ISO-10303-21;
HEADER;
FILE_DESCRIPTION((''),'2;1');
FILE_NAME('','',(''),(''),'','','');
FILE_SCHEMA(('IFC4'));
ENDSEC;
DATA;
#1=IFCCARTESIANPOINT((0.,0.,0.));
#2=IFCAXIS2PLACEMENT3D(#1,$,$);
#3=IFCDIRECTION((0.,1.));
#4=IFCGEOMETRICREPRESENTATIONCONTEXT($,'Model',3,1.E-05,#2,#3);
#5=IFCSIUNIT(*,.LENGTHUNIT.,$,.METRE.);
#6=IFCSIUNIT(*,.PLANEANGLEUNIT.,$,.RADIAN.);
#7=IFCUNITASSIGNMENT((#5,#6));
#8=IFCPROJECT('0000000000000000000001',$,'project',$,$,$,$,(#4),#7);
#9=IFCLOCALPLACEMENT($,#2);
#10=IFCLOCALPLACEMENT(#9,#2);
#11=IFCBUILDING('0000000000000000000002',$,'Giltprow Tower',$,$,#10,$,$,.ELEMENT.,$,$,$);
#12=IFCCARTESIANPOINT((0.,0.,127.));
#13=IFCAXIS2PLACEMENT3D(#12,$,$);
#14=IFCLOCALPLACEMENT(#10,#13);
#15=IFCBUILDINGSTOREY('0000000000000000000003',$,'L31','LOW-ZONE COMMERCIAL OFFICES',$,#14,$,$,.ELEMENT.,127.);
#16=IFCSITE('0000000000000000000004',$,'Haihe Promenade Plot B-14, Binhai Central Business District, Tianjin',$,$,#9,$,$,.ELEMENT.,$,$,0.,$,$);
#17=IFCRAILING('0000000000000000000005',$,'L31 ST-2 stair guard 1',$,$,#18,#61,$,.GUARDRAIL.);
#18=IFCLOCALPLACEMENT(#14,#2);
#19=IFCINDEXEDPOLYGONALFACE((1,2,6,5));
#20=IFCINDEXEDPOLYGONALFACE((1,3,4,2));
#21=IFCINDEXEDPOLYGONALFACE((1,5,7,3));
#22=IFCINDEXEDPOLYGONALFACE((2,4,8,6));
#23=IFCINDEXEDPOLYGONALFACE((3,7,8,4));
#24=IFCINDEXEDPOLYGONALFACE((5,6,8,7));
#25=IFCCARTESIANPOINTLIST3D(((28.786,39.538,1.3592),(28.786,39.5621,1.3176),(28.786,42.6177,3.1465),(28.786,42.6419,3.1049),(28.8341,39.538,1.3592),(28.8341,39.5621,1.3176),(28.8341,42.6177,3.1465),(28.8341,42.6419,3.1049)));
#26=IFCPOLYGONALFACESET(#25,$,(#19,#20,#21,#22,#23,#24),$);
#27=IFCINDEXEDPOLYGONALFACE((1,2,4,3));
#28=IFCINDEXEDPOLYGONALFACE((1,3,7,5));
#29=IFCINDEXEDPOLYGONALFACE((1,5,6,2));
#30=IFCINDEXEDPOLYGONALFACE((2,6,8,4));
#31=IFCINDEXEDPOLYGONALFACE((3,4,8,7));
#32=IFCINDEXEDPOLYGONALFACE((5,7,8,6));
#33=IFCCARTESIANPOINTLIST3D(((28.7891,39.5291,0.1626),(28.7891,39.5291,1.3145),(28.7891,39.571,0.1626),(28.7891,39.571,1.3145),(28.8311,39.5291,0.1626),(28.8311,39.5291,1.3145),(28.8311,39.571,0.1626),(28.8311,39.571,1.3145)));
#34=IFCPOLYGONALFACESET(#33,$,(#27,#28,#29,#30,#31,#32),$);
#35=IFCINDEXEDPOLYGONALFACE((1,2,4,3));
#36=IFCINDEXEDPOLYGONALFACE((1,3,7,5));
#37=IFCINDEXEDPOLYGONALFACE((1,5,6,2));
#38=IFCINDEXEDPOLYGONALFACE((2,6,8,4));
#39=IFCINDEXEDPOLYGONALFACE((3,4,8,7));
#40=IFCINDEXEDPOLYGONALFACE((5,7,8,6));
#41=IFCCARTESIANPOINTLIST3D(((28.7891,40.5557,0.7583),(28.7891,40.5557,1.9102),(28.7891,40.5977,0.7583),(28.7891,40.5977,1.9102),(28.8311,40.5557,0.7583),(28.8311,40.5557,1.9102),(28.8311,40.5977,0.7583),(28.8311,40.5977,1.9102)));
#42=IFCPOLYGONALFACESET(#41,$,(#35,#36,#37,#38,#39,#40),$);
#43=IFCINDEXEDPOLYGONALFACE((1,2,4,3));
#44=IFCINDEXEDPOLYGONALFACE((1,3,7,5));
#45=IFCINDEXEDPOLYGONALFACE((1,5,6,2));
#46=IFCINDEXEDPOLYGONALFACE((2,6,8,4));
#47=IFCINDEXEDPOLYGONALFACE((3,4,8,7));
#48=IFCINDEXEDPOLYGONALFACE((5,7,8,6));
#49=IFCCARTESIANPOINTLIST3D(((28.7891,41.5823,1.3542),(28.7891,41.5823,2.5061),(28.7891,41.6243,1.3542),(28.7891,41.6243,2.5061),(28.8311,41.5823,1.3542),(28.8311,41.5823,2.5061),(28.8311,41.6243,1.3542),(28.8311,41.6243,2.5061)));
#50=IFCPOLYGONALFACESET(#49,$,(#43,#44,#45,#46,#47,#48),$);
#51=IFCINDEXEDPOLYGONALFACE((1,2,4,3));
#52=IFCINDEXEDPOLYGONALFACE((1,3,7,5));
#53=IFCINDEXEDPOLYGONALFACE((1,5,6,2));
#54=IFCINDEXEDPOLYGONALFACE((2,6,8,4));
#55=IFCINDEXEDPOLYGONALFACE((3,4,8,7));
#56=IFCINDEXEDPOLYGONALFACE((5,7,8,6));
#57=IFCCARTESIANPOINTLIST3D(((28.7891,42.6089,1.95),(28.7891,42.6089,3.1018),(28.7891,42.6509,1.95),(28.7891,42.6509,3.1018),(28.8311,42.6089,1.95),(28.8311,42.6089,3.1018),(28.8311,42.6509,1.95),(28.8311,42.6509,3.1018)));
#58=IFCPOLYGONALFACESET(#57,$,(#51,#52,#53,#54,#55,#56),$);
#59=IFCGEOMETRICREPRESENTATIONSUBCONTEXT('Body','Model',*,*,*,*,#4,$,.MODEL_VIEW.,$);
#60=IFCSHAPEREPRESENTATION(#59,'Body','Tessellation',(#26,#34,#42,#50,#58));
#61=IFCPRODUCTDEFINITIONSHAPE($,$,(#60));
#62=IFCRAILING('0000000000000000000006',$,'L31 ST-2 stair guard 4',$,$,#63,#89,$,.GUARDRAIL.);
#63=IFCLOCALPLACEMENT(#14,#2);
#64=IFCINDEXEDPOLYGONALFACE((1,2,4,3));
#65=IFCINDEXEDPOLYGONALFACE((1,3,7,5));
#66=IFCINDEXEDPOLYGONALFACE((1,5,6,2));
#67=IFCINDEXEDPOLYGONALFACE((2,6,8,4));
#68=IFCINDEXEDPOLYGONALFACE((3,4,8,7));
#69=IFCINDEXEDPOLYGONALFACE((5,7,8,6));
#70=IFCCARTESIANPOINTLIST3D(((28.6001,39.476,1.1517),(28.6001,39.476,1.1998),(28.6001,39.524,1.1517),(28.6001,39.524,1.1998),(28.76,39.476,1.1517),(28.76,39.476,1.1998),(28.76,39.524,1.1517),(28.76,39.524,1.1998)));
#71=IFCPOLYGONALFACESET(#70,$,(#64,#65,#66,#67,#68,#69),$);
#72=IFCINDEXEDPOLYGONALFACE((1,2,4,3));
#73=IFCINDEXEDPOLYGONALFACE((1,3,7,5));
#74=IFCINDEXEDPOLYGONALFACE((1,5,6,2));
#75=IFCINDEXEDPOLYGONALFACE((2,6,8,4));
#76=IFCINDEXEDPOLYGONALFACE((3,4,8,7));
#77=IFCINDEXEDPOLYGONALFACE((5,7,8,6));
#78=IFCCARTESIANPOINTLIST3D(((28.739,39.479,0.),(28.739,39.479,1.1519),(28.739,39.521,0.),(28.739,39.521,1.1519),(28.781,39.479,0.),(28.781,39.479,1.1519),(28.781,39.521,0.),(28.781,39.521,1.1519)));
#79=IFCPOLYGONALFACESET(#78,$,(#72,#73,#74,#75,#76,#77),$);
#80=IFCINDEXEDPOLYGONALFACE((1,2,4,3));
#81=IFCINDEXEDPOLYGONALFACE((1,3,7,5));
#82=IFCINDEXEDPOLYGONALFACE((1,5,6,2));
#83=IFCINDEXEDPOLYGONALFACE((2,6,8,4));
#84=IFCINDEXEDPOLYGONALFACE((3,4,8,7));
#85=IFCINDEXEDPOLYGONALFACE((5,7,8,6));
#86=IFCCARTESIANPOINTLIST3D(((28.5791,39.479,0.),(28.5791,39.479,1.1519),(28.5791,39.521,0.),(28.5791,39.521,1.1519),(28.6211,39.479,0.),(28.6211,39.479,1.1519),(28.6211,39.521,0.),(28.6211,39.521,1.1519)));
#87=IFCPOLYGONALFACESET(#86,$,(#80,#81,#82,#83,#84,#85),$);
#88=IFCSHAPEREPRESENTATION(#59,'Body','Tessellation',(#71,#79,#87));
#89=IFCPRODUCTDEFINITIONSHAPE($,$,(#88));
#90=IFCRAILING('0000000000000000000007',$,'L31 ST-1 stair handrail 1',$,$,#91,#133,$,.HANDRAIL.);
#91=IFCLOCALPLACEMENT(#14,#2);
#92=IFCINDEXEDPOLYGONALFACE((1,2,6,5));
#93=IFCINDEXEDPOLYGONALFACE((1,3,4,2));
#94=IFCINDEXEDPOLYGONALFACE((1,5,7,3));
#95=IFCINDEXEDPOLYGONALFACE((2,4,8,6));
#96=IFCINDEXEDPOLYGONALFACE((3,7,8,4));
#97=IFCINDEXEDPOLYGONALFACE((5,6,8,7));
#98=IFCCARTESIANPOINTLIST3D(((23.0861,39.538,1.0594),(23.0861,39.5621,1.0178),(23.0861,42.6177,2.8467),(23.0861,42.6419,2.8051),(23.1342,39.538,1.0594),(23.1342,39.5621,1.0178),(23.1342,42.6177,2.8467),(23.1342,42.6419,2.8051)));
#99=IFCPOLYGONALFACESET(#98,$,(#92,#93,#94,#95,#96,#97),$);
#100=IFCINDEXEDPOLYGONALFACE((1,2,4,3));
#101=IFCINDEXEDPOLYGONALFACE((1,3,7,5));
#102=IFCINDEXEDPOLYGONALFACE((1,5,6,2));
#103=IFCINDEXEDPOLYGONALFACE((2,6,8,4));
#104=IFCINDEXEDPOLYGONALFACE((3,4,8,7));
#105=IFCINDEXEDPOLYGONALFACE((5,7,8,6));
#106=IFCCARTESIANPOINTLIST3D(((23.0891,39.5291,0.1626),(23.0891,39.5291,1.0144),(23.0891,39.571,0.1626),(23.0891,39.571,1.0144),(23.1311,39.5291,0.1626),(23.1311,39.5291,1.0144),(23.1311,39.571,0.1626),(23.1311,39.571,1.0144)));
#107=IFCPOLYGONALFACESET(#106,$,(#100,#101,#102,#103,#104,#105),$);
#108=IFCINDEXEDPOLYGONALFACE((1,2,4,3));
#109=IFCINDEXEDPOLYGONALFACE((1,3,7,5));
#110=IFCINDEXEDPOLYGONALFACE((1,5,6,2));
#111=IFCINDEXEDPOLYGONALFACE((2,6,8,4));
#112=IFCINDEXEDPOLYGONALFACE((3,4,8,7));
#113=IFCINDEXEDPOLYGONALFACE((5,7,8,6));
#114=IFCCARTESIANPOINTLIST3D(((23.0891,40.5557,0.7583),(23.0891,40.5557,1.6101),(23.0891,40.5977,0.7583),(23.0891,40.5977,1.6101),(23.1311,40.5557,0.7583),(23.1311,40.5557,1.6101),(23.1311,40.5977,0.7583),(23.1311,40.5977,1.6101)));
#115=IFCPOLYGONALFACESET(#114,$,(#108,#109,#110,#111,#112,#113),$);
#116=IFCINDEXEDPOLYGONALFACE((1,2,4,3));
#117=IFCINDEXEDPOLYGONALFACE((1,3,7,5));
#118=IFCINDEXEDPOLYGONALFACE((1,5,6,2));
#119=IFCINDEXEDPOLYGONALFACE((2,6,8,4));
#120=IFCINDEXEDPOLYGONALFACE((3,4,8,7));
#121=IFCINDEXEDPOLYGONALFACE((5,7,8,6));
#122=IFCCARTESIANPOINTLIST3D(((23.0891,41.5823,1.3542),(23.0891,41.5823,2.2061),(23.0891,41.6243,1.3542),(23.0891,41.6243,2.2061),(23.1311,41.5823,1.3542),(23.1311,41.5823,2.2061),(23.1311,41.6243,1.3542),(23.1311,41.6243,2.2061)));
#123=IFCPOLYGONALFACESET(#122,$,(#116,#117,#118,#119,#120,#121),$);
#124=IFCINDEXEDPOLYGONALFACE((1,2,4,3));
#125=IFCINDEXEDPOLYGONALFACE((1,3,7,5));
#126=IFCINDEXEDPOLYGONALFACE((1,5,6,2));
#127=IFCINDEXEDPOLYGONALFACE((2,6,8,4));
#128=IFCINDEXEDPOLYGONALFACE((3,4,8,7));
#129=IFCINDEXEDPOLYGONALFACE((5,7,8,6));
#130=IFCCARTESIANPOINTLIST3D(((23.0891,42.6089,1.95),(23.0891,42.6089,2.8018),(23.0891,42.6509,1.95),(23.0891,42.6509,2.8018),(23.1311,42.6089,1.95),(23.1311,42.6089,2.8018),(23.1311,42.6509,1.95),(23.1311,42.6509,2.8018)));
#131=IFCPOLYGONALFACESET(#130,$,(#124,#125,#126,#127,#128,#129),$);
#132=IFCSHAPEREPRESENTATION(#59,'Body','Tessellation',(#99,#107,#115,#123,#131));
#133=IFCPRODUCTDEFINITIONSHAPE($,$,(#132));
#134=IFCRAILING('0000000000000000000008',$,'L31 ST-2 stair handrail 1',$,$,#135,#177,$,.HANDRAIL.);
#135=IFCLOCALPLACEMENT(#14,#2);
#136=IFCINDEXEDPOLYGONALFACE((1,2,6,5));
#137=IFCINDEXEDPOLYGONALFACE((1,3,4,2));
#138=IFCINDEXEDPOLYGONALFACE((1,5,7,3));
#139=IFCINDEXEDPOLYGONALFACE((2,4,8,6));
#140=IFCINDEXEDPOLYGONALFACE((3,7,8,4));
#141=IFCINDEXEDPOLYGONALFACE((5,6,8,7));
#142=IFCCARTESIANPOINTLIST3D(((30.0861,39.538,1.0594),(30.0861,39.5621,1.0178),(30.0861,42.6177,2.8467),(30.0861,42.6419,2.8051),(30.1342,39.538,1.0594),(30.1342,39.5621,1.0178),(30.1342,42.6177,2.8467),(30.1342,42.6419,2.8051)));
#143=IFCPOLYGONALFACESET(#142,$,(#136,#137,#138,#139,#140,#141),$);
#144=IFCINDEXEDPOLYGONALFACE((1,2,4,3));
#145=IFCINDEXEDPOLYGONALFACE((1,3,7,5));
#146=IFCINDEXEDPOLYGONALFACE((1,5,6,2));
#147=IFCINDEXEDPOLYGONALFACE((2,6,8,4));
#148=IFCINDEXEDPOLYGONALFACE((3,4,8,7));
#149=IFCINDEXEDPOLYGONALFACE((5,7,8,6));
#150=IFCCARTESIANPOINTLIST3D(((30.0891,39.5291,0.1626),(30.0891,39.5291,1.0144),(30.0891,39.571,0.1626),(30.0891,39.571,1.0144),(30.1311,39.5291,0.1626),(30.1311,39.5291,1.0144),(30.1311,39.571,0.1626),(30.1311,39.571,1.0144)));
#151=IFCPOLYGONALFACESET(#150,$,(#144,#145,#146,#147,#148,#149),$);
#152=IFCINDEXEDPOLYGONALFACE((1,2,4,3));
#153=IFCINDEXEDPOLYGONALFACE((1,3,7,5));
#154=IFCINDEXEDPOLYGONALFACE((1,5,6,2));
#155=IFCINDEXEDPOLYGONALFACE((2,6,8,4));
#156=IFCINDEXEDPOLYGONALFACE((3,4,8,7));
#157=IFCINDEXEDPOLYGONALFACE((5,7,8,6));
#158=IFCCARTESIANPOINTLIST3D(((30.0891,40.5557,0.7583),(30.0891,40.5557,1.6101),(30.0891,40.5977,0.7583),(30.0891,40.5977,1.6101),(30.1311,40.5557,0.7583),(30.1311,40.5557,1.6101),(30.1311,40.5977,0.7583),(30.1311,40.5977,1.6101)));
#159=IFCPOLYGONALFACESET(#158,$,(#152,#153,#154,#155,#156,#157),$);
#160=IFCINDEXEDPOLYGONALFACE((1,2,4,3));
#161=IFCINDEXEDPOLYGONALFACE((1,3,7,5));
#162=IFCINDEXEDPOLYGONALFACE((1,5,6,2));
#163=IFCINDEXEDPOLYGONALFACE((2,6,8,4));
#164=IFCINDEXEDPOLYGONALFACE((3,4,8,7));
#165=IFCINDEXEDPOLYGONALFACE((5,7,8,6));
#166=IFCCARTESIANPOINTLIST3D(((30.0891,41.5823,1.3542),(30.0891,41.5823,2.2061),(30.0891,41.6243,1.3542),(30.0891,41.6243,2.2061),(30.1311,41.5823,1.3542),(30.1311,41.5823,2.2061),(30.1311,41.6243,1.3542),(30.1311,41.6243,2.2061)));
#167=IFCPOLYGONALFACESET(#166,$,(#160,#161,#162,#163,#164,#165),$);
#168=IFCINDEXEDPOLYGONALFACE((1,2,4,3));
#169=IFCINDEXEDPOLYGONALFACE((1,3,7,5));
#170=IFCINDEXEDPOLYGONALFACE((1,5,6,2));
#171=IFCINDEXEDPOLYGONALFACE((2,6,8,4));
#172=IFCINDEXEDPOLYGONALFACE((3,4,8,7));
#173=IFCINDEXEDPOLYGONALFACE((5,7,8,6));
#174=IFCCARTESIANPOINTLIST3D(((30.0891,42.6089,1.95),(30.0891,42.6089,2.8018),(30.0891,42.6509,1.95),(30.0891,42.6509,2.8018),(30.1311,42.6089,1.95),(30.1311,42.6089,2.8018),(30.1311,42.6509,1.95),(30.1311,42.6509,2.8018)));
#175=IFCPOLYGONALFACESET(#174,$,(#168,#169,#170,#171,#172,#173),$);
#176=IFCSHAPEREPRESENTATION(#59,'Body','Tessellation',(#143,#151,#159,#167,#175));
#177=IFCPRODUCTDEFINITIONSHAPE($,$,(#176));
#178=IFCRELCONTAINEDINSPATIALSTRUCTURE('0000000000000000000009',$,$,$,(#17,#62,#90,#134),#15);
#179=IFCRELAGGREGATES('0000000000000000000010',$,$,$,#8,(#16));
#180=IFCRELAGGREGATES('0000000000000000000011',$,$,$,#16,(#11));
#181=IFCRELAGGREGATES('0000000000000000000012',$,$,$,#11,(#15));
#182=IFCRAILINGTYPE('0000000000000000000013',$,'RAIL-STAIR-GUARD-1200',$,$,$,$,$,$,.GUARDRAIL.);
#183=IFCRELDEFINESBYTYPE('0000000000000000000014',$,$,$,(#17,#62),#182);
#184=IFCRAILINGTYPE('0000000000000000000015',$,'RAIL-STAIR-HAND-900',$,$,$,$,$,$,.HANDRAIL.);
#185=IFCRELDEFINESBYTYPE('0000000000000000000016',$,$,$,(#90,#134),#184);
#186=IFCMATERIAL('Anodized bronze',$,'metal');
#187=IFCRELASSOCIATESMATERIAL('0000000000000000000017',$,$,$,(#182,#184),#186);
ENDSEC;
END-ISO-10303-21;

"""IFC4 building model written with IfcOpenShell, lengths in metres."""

from ifc_helpers import new_model, si_unit, direction, frame, origin, origin_2d, place, context, subcontext, project, spatial, rectangle, extrude, material, type_object, element, save


model = new_model("IFC4")

# Units and contexts
model_context = context("Model", 3, precision=1e-05, world=origin(), true_north=direction((0.0, 1.0)))
body_context = subcontext(model_context, "Body", "Model", "MODEL_VIEW")
ifc_project = project(units=[si_unit("LENGTHUNIT", "METRE"), si_unit("PLANEANGLEUNIT", "RADIAN")], contexts=[model_context])

# Site, building, storey
site_placement = place(None, origin())
site = spatial("IfcSite", under=ifc_project, at=site_placement, Name="Haihe Promenade Plot B-14, Binhai Central Business District, Tianjin", CompositionType="ELEMENT", RefElevation=0.0)
building_placement = place(site_placement, origin())
building = spatial("IfcBuilding", under=site, at=building_placement, Name="Giltprow Tower", CompositionType="ELEMENT")
storey_placement = place(building_placement, frame((0.0, 0.0, 127.0)))
storey = spatial("IfcBuildingStorey", under=building, at=storey_placement, Name="L31", Description="LOW-ZONE COMMERCIAL OFFICES", CompositionType="ELEMENT", Elevation=127.0)

# Railings
ifc_material_1 = material(Name="Anodized bronze", Category="metal")
railing_type_1 = type_object("IfcRailingType", Name="RAIL-STAIR-GUARD-1200", PredefinedType="GUARDRAIL", material=ifc_material_1)
railing_1_placement = place(storey_placement, frame((28.8101, 39.55, 0.1626)))
element("IfcRailing", 1, at=railing_1_placement, inside=storey, type_object=railing_type_1, Name="L31 ST-2 stair guard 1", PredefinedType="GUARDRAIL", context=body_context, shape_type="SweptSolid", body=[
    extrude(rectangle(XDim=0.0481, YDim=0.0481, at=origin_2d()), frame((0.0, 0.0, 1.1758), z_axis=(0.0, 0.864903, 0.501939), x_axis=(-1.0, 0.0, 0.0)), (0.0, 0.0, 1.0), 3.5608),
    extrude(rectangle(XDim=0.042, YDim=0.042, at=origin_2d()), origin(), (0.0, 0.0, 1.0), 1.1519),
    extrude(rectangle(XDim=0.042, YDim=0.042, at=origin_2d()), frame((0.0, 1.0266, 0.5957)), (0.0, 0.0, 1.0), 1.1519),
    extrude(rectangle(XDim=0.042, YDim=0.042, at=origin_2d()), frame((0.0, 2.0532, 1.1917)), (0.0, 0.0, 1.0), 1.1519),
    extrude(rectangle(XDim=0.042, YDim=0.042, at=origin_2d()), frame((0.0, 3.0798, 1.7874)), (0.0, 0.0, 1.0), 1.1519),
])
railing_2_placement = place(storey_placement, frame((28.76, 39.5, 0.0)))
element("IfcRailing", 2, at=railing_2_placement, inside=storey, type_object=railing_type_1, Name="L31 ST-2 stair guard 4", PredefinedType="GUARDRAIL", context=body_context, shape_type="SweptSolid", body=[
    extrude(rectangle(XDim=0.0481, YDim=0.0481, at=origin_2d()), frame((0.0, 0.0, 1.1758), z_axis=(-1.0, 0.0, 0.0), x_axis=(0.0, -1.0, 0.0)), (0.0, 0.0, 1.0), 0.1599),
    extrude(rectangle(XDim=0.042, YDim=0.042, at=origin_2d()), origin(), (0.0, 0.0, 1.0), 1.1519),
    extrude(rectangle(XDim=0.042, YDim=0.042, at=origin_2d()), frame((-0.1599, 0.0, 0.0)), (0.0, 0.0, 1.0), 1.1519),
])
railing_type_2 = type_object("IfcRailingType", Name="RAIL-STAIR-HAND-900", PredefinedType="HANDRAIL", material=ifc_material_1)
for number, where, name in (
    (3, (23.1101, 39.55, 0.1626), "L31 ST-1 stair handrail 1"),
    (4, (30.1101, 39.55, 0.1626), "L31 ST-2 stair handrail 1"),
):
    element("IfcRailing", number, at=place(storey_placement, frame(where)), inside=storey, type_object=railing_type_2, Name=name, PredefinedType="HANDRAIL", context=body_context, shape_type="SweptSolid", body=[
        extrude(rectangle(XDim=0.0481, YDim=0.0481, at=origin_2d()), frame((0.0, 0.0, 0.876), z_axis=(0.0, 0.864903, 0.501939), x_axis=(-1.0, 0.0, 0.0)), (0.0, 0.0, 1.0), 3.5608),
        extrude(rectangle(XDim=0.042, YDim=0.042, at=origin_2d()), origin(), (0.0, 0.0, 1.0), 0.8518),
        extrude(rectangle(XDim=0.042, YDim=0.042, at=origin_2d()), frame((0.0, 1.0266, 0.5957)), (0.0, 0.0, 1.0), 0.8518),
        extrude(rectangle(XDim=0.042, YDim=0.042, at=origin_2d()), frame((0.0, 2.0532, 1.1917)), (0.0, 0.0, 1.0), 0.8518),
        extrude(rectangle(XDim=0.042, YDim=0.042, at=origin_2d()), frame((0.0, 3.0798, 1.7874)), (0.0, 0.0, 1.0), 0.8518),
    ])

save(model, "model.ifc")
